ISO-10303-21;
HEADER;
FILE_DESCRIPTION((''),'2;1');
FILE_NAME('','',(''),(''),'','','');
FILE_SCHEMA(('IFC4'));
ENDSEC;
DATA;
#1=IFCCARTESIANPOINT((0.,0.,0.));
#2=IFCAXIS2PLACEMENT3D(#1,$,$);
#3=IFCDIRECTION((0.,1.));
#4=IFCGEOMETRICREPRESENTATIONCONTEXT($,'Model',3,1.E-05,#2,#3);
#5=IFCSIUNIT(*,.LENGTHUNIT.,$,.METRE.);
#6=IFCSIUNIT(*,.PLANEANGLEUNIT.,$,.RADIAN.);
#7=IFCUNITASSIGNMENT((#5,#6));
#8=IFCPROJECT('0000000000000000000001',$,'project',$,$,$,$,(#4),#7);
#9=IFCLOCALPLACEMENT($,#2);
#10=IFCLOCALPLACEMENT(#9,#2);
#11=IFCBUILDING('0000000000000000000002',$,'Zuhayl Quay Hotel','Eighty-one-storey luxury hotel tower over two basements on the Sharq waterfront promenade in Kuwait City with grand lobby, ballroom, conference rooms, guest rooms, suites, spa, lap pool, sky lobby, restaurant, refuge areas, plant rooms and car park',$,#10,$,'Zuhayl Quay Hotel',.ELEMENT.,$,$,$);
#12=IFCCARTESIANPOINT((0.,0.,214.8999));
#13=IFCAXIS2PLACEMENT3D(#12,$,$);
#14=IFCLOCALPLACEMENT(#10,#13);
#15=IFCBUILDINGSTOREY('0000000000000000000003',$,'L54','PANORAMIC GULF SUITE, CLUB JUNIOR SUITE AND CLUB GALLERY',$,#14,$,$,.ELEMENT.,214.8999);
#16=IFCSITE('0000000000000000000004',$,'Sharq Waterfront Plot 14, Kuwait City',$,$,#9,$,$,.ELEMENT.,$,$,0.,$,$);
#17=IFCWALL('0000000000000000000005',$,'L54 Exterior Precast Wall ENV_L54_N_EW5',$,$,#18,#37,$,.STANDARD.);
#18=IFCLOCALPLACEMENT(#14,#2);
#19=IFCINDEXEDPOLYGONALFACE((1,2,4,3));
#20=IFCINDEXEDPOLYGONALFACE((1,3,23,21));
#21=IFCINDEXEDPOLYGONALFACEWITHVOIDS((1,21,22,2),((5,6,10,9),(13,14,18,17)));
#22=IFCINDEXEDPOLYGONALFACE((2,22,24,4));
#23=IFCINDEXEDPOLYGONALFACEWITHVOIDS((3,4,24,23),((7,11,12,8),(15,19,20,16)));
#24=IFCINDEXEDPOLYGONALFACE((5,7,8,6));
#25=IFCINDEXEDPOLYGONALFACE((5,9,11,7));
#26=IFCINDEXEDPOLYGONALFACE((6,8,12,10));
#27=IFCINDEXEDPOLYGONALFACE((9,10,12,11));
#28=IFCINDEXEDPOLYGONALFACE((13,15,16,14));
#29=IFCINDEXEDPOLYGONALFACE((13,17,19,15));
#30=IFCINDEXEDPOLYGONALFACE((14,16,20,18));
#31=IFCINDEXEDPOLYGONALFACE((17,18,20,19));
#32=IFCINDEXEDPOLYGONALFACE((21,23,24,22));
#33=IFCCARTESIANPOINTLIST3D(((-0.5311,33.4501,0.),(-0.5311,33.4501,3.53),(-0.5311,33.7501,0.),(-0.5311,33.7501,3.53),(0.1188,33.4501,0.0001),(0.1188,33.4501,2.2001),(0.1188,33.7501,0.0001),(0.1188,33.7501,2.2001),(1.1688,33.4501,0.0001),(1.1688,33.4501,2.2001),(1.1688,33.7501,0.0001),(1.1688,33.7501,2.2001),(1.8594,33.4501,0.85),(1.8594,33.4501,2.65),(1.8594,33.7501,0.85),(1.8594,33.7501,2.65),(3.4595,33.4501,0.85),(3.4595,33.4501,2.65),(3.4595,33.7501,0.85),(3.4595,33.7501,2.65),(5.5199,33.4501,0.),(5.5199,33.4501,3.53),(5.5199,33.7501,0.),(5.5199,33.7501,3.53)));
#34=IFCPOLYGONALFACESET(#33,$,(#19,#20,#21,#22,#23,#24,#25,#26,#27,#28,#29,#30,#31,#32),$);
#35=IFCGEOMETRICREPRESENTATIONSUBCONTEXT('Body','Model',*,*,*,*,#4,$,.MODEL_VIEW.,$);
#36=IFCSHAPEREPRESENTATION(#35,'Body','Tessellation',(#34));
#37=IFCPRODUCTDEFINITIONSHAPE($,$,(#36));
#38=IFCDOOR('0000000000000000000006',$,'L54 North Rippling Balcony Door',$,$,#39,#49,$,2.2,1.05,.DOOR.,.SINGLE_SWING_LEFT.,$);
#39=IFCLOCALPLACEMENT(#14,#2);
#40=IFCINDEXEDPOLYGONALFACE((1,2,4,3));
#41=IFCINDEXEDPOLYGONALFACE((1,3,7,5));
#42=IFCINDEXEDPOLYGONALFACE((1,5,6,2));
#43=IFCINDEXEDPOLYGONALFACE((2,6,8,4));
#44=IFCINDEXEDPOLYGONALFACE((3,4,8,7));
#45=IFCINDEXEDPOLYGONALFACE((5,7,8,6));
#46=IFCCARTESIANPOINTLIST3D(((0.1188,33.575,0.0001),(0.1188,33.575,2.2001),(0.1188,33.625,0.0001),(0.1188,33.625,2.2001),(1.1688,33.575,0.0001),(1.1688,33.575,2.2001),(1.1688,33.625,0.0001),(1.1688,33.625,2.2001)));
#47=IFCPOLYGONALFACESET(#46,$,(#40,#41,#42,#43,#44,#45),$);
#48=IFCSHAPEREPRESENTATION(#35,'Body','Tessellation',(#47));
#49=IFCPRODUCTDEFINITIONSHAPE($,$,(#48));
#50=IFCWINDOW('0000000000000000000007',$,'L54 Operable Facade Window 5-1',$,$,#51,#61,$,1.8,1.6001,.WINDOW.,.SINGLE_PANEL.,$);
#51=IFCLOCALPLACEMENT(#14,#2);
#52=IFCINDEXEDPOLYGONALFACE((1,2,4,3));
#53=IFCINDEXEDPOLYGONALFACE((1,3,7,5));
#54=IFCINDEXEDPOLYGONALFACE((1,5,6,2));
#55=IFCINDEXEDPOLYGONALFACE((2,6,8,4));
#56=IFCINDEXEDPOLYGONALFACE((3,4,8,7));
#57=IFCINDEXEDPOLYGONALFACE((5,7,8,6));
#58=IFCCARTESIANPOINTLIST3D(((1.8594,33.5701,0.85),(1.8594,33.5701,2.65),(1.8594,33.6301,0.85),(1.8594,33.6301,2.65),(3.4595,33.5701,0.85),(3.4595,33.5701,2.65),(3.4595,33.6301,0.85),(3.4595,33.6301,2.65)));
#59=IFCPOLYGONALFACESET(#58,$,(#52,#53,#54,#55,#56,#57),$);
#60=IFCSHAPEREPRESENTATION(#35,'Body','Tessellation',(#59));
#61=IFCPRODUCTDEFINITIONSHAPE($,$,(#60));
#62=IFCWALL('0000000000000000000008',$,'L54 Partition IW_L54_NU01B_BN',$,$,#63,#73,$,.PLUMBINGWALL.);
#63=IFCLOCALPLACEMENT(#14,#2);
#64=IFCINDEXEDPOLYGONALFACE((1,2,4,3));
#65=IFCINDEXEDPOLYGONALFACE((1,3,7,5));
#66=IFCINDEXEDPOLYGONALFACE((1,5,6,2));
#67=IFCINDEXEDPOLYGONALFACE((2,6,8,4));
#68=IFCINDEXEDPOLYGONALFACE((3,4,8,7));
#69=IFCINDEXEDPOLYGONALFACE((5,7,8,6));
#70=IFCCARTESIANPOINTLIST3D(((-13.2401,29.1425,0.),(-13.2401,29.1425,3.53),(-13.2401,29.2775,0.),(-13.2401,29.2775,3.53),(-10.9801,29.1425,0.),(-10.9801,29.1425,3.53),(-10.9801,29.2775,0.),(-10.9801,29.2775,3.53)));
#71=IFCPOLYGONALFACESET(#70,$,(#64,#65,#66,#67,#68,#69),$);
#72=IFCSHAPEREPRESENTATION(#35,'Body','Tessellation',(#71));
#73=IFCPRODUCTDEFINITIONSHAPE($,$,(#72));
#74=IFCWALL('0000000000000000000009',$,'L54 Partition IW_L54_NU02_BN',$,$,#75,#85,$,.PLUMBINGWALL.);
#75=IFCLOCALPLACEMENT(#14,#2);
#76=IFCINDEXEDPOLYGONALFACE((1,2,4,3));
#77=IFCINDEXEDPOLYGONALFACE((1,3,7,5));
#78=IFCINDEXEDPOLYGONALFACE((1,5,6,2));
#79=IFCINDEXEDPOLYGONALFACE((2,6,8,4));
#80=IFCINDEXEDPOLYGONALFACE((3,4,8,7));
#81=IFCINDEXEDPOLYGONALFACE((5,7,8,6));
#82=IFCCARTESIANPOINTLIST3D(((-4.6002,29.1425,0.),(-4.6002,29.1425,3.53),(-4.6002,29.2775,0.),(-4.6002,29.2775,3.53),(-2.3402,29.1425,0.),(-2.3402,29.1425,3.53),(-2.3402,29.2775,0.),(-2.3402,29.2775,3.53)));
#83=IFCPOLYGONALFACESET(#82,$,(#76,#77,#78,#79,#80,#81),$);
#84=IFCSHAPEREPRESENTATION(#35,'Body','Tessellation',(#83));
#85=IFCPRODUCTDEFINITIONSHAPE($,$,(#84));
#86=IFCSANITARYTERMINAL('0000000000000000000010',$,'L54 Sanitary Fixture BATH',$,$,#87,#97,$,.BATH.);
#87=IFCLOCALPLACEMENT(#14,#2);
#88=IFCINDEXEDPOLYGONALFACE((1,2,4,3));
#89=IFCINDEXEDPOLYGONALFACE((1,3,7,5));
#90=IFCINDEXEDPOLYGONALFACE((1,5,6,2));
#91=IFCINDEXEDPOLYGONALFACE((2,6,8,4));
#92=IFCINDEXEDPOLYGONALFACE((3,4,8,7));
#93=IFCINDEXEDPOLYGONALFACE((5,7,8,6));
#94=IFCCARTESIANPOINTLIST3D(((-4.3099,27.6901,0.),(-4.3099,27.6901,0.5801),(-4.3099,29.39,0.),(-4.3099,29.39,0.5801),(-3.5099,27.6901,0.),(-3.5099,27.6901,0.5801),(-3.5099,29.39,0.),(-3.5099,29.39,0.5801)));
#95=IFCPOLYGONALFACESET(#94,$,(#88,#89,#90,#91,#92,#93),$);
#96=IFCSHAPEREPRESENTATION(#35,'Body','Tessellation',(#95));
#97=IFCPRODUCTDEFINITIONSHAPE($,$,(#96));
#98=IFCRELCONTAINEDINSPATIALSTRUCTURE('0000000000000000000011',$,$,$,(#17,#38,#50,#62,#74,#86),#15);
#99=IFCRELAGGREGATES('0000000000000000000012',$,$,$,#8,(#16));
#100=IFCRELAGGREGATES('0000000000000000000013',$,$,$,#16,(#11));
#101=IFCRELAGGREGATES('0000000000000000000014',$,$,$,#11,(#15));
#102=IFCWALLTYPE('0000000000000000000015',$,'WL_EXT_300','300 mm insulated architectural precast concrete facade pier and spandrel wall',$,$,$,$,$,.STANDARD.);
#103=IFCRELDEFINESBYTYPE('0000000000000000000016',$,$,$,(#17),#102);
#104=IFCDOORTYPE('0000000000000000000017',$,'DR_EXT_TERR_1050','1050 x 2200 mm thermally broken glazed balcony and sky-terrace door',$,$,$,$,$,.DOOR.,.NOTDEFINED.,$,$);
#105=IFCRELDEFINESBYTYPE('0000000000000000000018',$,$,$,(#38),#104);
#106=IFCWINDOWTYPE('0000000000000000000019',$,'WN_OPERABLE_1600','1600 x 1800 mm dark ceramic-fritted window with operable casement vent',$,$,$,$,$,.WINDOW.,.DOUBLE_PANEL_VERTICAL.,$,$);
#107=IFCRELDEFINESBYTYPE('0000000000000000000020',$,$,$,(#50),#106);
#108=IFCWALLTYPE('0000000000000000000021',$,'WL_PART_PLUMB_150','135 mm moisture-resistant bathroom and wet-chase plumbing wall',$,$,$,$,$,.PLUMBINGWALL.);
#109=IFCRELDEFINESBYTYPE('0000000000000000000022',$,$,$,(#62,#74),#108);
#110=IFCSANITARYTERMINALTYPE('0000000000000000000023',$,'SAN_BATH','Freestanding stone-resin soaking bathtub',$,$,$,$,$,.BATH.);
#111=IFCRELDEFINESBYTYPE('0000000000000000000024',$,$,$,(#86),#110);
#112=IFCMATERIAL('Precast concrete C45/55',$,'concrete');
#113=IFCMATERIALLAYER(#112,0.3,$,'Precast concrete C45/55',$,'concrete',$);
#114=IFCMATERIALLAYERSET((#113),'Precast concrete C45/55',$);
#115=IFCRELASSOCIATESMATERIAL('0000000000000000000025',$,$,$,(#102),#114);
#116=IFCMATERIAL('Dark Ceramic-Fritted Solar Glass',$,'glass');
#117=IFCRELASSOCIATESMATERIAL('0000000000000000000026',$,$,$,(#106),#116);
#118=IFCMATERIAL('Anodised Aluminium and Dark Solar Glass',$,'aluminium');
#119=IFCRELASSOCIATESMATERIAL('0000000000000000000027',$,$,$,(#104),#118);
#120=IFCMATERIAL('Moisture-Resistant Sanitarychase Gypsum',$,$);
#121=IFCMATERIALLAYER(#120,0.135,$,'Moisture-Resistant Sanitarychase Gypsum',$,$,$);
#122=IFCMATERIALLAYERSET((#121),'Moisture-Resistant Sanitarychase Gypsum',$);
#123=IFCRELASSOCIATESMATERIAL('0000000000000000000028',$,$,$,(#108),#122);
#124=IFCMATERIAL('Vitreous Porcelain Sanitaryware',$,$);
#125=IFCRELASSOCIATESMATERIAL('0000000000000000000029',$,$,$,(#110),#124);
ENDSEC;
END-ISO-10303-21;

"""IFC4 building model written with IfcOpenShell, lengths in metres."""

from ifc_helpers import new_model, si_unit, direction, frame, frame_2d, origin, origin_2d, place, context, subcontext, project, spatial, rectangle, extrude, material, layer, layer_set, type_object, element, fill, save


model = new_model("IFC4")

# Units and contexts
model_context = context("Model", 3, precision=1e-05, world=origin(), true_north=direction((0.0, 1.0)))
body_context = subcontext(model_context, "Body", "Model", "MODEL_VIEW")
ifc_project = project(units=[si_unit("LENGTHUNIT", "METRE"), si_unit("PLANEANGLEUNIT", "RADIAN")], contexts=[model_context])

# Site, building, storey
site_placement = place(None, origin())
site = spatial("IfcSite", under=ifc_project, at=site_placement, Name="Sharq Waterfront Plot 14, Kuwait City", CompositionType="ELEMENT", RefElevation=0.0)
building_placement = place(site_placement, origin())
building = spatial("IfcBuilding", under=site, at=building_placement, Name="Zuhayl Quay Hotel", Description="Eighty-one-storey luxury hotel tower over two basements on the Sharq waterfront promenade in Kuwait City with grand lobby, ballroom, conference rooms, guest rooms, suites, spa, lap pool, sky lobby, restaurant, refuge areas, plant rooms and car park", LongName="Zuhayl Quay Hotel", CompositionType="ELEMENT")
storey_placement = place(building_placement, frame((0.0, 0.0, 214.8999)))
storey = spatial("IfcBuildingStorey", under=building, at=storey_placement, Name="L54", Description="PANORAMIC GULF SUITE, CLUB JUNIOR SUITE AND CLUB GALLERY", CompositionType="ELEMENT", Elevation=214.8999)

# Shared definitions
ifc_material_1 = material(Name="Dark Ceramic-Fritted Solar Glass", Category="glass")

# Shared definitions
ifc_material_2 = material(Name="Precast concrete C45/55", Category="concrete")
ifc_layer_1 = layer(ifc_material_2, 0.3, Name="Precast concrete C45/55", Category="concrete")
ifc_layer_set_1 = layer_set([ifc_layer_1], Name="Precast concrete C45/55")
wall_type_1 = type_object("IfcWallType", Name="WL_EXT_300", Description="300 mm insulated architectural precast concrete facade pier and spandrel wall", PredefinedType="STANDARD", material=ifc_layer_set_1)
window_type = type_object("IfcWindowType", Name="WN_OPERABLE_1600", Description="1600 x 1800 mm dark ceramic-fritted window with operable casement vent", PartitioningType="DOUBLE_PANEL_VERTICAL", PredefinedType="WINDOW", material=ifc_material_1)

# Wall, openings, door, window
wall_1_placement = place(storey_placement, frame((-0.531, 33.6001, 0.0), z_axis=(0.0, 0.0, 1.0), x_axis=(1.0, 0.0, 0.0)))
wall_1 = element("IfcWall", 1, at=wall_1_placement, inside=storey, type_object=wall_type_1, Name="L54 Exterior Precast Wall ENV_L54_N_EW5", PredefinedType="STANDARD", context=body_context, shape_type="SweptSolid", body=[
    extrude(rectangle(XDim=6.051, YDim=0.3, at=frame_2d((3.0254, 0.0))), origin(), (0.0, 0.0, 1.0), 3.53),
])
opening_1_placement = place(wall_1_placement, frame((0.6499, 0.0, 0.0)))
opening_1 = element("IfcOpeningElement", 2, at=opening_1_placement, cuts=wall_1, PredefinedType="OPENING", context=body_context, shape_type="SweptSolid", body=[
    extrude(rectangle(XDim=1.05, YDim=2.2, at=frame_2d((0.5249, 1.1001))), frame((0.0, 0.1599, 0.0), z_axis=(0.0, -1.0, 0.0), x_axis=(1.0, 0.0, 0.0)), (0.0, 0.0, 1.0), 0.3201),
])
opening_2_placement = place(wall_1_placement, frame((2.3904, 0.0, 0.8501)))
opening_2 = element("IfcOpeningElement", 3, at=opening_2_placement, cuts=wall_1, PredefinedType="OPENING", context=body_context, shape_type="SweptSolid", body=[
    extrude(rectangle(XDim=1.6001, YDim=1.8, at=frame_2d((0.8, 0.8999))), frame((0.0, 0.1599, 0.0), z_axis=(0.0, -1.0, 0.0), x_axis=(1.0, 0.0, 0.0)), (0.0, 0.0, 1.0), 0.3201),
])
ifc_material_3 = material(Name="Anodised Aluminium and Dark Solar Glass", Category="aluminium")
door_type = type_object("IfcDoorType", Name="DR_EXT_TERR_1050", Description="1050 x 2200 mm thermally broken glazed balcony and sky-terrace door", OperationType="NOTDEFINED", PredefinedType="DOOR", material=ifc_material_3)
door_placement = place(opening_1_placement, origin())
door = element("IfcDoor", 4, at=door_placement, inside=storey, type_object=door_type, Name="L54 North Rippling Balcony Door", OperationType="SINGLE_SWING_LEFT", OverallHeight=2.2, OverallWidth=1.05, PredefinedType="DOOR", context=body_context, shape_type="SweptSolid", body=[
    extrude(rectangle(XDim=1.05, YDim=2.2, at=frame_2d((0.5249, 1.1001))), frame((0.0, 0.0249, 0.0), z_axis=(0.0, -1.0, 0.0), x_axis=(1.0, 0.0, 0.0)), (0.0, 0.0, 1.0), 0.05),
])
fill(opening_1, door)
window_1_placement = place(opening_2_placement, origin())
window_1 = element("IfcWindow", 5, at=window_1_placement, inside=storey, type_object=window_type, Name="L54 Operable Facade Window 5-1", OverallHeight=1.8, OverallWidth=1.6001, PartitioningType="SINGLE_PANEL", PredefinedType="WINDOW", context=body_context, shape_type="SweptSolid", body=[
    extrude(rectangle(XDim=1.6001, YDim=1.8, at=frame_2d((0.8, 0.8999))), frame((0.0, 0.03, 0.0), z_axis=(0.0, -1.0, 0.0), x_axis=(1.0, 0.0, 0.0)), (0.0, 0.0, 1.0), 0.0601),
])
fill(opening_2, window_1)

# Walls
ifc_material_4 = material(Name="Moisture-Resistant Sanitarychase Gypsum")
ifc_layer_2 = layer(ifc_material_4, 0.135, Name="Moisture-Resistant Sanitarychase Gypsum")
ifc_layer_set_2 = layer_set([ifc_layer_2], Name="Moisture-Resistant Sanitarychase Gypsum")
wall_type_2 = type_object("IfcWallType", Name="WL_PART_PLUMB_150", Description="135 mm moisture-resistant bathroom and wet-chase plumbing wall", PredefinedType="PLUMBINGWALL", material=ifc_layer_set_2)
for number, where, z_axis, x_axis, name in (
    (6, (-13.24, 29.21, 0.0), (0.0, 0.0, 1.0), (1.0, 0.0, 0.0), "L54 Partition IW_L54_NU01B_BN"),
    (7, (-4.6001, 29.21, 0.0), (0.0, 0.0, 1.0), (1.0, 0.0, 0.0), "L54 Partition IW_L54_NU02_BN"),
):
    element("IfcWall", number, at=place(storey_placement, frame(where, z_axis=z_axis, x_axis=x_axis)), inside=storey, type_object=wall_type_2, Name=name, PredefinedType="PLUMBINGWALL", context=body_context, shape_type="SweptSolid", body=[
        extrude(rectangle(XDim=2.26, YDim=0.135, at=frame_2d((1.1299, 0.0))), origin(), (0.0, 0.0, 1.0), 3.53),
    ])

# Sanitary terminal
ifc_material_5 = material(Name="Vitreous Porcelain Sanitaryware")
sanitary_terminal_type = type_object("IfcSanitaryTerminalType", Name="SAN_BATH", Description="Freestanding stone-resin soaking bathtub", PredefinedType="BATH", material=ifc_material_5)
sanitary_terminal_placement = place(storey_placement, frame((-3.9099, 28.54, 0.0), z_axis=(0.0, 0.0, 1.0), x_axis=(1.0, 0.0, 0.0)))
element("IfcSanitaryTerminal", 8, at=sanitary_terminal_placement, inside=storey, type_object=sanitary_terminal_type, Name="L54 Sanitary Fixture BATH", PredefinedType="BATH", context=body_context, shape_type="SweptSolid", body=[
    extrude(rectangle(XDim=0.8, YDim=1.7, at=origin_2d()), origin(), (0.0, 0.0, 1.0), 0.5801),
])

save(model, "model.ifc")
